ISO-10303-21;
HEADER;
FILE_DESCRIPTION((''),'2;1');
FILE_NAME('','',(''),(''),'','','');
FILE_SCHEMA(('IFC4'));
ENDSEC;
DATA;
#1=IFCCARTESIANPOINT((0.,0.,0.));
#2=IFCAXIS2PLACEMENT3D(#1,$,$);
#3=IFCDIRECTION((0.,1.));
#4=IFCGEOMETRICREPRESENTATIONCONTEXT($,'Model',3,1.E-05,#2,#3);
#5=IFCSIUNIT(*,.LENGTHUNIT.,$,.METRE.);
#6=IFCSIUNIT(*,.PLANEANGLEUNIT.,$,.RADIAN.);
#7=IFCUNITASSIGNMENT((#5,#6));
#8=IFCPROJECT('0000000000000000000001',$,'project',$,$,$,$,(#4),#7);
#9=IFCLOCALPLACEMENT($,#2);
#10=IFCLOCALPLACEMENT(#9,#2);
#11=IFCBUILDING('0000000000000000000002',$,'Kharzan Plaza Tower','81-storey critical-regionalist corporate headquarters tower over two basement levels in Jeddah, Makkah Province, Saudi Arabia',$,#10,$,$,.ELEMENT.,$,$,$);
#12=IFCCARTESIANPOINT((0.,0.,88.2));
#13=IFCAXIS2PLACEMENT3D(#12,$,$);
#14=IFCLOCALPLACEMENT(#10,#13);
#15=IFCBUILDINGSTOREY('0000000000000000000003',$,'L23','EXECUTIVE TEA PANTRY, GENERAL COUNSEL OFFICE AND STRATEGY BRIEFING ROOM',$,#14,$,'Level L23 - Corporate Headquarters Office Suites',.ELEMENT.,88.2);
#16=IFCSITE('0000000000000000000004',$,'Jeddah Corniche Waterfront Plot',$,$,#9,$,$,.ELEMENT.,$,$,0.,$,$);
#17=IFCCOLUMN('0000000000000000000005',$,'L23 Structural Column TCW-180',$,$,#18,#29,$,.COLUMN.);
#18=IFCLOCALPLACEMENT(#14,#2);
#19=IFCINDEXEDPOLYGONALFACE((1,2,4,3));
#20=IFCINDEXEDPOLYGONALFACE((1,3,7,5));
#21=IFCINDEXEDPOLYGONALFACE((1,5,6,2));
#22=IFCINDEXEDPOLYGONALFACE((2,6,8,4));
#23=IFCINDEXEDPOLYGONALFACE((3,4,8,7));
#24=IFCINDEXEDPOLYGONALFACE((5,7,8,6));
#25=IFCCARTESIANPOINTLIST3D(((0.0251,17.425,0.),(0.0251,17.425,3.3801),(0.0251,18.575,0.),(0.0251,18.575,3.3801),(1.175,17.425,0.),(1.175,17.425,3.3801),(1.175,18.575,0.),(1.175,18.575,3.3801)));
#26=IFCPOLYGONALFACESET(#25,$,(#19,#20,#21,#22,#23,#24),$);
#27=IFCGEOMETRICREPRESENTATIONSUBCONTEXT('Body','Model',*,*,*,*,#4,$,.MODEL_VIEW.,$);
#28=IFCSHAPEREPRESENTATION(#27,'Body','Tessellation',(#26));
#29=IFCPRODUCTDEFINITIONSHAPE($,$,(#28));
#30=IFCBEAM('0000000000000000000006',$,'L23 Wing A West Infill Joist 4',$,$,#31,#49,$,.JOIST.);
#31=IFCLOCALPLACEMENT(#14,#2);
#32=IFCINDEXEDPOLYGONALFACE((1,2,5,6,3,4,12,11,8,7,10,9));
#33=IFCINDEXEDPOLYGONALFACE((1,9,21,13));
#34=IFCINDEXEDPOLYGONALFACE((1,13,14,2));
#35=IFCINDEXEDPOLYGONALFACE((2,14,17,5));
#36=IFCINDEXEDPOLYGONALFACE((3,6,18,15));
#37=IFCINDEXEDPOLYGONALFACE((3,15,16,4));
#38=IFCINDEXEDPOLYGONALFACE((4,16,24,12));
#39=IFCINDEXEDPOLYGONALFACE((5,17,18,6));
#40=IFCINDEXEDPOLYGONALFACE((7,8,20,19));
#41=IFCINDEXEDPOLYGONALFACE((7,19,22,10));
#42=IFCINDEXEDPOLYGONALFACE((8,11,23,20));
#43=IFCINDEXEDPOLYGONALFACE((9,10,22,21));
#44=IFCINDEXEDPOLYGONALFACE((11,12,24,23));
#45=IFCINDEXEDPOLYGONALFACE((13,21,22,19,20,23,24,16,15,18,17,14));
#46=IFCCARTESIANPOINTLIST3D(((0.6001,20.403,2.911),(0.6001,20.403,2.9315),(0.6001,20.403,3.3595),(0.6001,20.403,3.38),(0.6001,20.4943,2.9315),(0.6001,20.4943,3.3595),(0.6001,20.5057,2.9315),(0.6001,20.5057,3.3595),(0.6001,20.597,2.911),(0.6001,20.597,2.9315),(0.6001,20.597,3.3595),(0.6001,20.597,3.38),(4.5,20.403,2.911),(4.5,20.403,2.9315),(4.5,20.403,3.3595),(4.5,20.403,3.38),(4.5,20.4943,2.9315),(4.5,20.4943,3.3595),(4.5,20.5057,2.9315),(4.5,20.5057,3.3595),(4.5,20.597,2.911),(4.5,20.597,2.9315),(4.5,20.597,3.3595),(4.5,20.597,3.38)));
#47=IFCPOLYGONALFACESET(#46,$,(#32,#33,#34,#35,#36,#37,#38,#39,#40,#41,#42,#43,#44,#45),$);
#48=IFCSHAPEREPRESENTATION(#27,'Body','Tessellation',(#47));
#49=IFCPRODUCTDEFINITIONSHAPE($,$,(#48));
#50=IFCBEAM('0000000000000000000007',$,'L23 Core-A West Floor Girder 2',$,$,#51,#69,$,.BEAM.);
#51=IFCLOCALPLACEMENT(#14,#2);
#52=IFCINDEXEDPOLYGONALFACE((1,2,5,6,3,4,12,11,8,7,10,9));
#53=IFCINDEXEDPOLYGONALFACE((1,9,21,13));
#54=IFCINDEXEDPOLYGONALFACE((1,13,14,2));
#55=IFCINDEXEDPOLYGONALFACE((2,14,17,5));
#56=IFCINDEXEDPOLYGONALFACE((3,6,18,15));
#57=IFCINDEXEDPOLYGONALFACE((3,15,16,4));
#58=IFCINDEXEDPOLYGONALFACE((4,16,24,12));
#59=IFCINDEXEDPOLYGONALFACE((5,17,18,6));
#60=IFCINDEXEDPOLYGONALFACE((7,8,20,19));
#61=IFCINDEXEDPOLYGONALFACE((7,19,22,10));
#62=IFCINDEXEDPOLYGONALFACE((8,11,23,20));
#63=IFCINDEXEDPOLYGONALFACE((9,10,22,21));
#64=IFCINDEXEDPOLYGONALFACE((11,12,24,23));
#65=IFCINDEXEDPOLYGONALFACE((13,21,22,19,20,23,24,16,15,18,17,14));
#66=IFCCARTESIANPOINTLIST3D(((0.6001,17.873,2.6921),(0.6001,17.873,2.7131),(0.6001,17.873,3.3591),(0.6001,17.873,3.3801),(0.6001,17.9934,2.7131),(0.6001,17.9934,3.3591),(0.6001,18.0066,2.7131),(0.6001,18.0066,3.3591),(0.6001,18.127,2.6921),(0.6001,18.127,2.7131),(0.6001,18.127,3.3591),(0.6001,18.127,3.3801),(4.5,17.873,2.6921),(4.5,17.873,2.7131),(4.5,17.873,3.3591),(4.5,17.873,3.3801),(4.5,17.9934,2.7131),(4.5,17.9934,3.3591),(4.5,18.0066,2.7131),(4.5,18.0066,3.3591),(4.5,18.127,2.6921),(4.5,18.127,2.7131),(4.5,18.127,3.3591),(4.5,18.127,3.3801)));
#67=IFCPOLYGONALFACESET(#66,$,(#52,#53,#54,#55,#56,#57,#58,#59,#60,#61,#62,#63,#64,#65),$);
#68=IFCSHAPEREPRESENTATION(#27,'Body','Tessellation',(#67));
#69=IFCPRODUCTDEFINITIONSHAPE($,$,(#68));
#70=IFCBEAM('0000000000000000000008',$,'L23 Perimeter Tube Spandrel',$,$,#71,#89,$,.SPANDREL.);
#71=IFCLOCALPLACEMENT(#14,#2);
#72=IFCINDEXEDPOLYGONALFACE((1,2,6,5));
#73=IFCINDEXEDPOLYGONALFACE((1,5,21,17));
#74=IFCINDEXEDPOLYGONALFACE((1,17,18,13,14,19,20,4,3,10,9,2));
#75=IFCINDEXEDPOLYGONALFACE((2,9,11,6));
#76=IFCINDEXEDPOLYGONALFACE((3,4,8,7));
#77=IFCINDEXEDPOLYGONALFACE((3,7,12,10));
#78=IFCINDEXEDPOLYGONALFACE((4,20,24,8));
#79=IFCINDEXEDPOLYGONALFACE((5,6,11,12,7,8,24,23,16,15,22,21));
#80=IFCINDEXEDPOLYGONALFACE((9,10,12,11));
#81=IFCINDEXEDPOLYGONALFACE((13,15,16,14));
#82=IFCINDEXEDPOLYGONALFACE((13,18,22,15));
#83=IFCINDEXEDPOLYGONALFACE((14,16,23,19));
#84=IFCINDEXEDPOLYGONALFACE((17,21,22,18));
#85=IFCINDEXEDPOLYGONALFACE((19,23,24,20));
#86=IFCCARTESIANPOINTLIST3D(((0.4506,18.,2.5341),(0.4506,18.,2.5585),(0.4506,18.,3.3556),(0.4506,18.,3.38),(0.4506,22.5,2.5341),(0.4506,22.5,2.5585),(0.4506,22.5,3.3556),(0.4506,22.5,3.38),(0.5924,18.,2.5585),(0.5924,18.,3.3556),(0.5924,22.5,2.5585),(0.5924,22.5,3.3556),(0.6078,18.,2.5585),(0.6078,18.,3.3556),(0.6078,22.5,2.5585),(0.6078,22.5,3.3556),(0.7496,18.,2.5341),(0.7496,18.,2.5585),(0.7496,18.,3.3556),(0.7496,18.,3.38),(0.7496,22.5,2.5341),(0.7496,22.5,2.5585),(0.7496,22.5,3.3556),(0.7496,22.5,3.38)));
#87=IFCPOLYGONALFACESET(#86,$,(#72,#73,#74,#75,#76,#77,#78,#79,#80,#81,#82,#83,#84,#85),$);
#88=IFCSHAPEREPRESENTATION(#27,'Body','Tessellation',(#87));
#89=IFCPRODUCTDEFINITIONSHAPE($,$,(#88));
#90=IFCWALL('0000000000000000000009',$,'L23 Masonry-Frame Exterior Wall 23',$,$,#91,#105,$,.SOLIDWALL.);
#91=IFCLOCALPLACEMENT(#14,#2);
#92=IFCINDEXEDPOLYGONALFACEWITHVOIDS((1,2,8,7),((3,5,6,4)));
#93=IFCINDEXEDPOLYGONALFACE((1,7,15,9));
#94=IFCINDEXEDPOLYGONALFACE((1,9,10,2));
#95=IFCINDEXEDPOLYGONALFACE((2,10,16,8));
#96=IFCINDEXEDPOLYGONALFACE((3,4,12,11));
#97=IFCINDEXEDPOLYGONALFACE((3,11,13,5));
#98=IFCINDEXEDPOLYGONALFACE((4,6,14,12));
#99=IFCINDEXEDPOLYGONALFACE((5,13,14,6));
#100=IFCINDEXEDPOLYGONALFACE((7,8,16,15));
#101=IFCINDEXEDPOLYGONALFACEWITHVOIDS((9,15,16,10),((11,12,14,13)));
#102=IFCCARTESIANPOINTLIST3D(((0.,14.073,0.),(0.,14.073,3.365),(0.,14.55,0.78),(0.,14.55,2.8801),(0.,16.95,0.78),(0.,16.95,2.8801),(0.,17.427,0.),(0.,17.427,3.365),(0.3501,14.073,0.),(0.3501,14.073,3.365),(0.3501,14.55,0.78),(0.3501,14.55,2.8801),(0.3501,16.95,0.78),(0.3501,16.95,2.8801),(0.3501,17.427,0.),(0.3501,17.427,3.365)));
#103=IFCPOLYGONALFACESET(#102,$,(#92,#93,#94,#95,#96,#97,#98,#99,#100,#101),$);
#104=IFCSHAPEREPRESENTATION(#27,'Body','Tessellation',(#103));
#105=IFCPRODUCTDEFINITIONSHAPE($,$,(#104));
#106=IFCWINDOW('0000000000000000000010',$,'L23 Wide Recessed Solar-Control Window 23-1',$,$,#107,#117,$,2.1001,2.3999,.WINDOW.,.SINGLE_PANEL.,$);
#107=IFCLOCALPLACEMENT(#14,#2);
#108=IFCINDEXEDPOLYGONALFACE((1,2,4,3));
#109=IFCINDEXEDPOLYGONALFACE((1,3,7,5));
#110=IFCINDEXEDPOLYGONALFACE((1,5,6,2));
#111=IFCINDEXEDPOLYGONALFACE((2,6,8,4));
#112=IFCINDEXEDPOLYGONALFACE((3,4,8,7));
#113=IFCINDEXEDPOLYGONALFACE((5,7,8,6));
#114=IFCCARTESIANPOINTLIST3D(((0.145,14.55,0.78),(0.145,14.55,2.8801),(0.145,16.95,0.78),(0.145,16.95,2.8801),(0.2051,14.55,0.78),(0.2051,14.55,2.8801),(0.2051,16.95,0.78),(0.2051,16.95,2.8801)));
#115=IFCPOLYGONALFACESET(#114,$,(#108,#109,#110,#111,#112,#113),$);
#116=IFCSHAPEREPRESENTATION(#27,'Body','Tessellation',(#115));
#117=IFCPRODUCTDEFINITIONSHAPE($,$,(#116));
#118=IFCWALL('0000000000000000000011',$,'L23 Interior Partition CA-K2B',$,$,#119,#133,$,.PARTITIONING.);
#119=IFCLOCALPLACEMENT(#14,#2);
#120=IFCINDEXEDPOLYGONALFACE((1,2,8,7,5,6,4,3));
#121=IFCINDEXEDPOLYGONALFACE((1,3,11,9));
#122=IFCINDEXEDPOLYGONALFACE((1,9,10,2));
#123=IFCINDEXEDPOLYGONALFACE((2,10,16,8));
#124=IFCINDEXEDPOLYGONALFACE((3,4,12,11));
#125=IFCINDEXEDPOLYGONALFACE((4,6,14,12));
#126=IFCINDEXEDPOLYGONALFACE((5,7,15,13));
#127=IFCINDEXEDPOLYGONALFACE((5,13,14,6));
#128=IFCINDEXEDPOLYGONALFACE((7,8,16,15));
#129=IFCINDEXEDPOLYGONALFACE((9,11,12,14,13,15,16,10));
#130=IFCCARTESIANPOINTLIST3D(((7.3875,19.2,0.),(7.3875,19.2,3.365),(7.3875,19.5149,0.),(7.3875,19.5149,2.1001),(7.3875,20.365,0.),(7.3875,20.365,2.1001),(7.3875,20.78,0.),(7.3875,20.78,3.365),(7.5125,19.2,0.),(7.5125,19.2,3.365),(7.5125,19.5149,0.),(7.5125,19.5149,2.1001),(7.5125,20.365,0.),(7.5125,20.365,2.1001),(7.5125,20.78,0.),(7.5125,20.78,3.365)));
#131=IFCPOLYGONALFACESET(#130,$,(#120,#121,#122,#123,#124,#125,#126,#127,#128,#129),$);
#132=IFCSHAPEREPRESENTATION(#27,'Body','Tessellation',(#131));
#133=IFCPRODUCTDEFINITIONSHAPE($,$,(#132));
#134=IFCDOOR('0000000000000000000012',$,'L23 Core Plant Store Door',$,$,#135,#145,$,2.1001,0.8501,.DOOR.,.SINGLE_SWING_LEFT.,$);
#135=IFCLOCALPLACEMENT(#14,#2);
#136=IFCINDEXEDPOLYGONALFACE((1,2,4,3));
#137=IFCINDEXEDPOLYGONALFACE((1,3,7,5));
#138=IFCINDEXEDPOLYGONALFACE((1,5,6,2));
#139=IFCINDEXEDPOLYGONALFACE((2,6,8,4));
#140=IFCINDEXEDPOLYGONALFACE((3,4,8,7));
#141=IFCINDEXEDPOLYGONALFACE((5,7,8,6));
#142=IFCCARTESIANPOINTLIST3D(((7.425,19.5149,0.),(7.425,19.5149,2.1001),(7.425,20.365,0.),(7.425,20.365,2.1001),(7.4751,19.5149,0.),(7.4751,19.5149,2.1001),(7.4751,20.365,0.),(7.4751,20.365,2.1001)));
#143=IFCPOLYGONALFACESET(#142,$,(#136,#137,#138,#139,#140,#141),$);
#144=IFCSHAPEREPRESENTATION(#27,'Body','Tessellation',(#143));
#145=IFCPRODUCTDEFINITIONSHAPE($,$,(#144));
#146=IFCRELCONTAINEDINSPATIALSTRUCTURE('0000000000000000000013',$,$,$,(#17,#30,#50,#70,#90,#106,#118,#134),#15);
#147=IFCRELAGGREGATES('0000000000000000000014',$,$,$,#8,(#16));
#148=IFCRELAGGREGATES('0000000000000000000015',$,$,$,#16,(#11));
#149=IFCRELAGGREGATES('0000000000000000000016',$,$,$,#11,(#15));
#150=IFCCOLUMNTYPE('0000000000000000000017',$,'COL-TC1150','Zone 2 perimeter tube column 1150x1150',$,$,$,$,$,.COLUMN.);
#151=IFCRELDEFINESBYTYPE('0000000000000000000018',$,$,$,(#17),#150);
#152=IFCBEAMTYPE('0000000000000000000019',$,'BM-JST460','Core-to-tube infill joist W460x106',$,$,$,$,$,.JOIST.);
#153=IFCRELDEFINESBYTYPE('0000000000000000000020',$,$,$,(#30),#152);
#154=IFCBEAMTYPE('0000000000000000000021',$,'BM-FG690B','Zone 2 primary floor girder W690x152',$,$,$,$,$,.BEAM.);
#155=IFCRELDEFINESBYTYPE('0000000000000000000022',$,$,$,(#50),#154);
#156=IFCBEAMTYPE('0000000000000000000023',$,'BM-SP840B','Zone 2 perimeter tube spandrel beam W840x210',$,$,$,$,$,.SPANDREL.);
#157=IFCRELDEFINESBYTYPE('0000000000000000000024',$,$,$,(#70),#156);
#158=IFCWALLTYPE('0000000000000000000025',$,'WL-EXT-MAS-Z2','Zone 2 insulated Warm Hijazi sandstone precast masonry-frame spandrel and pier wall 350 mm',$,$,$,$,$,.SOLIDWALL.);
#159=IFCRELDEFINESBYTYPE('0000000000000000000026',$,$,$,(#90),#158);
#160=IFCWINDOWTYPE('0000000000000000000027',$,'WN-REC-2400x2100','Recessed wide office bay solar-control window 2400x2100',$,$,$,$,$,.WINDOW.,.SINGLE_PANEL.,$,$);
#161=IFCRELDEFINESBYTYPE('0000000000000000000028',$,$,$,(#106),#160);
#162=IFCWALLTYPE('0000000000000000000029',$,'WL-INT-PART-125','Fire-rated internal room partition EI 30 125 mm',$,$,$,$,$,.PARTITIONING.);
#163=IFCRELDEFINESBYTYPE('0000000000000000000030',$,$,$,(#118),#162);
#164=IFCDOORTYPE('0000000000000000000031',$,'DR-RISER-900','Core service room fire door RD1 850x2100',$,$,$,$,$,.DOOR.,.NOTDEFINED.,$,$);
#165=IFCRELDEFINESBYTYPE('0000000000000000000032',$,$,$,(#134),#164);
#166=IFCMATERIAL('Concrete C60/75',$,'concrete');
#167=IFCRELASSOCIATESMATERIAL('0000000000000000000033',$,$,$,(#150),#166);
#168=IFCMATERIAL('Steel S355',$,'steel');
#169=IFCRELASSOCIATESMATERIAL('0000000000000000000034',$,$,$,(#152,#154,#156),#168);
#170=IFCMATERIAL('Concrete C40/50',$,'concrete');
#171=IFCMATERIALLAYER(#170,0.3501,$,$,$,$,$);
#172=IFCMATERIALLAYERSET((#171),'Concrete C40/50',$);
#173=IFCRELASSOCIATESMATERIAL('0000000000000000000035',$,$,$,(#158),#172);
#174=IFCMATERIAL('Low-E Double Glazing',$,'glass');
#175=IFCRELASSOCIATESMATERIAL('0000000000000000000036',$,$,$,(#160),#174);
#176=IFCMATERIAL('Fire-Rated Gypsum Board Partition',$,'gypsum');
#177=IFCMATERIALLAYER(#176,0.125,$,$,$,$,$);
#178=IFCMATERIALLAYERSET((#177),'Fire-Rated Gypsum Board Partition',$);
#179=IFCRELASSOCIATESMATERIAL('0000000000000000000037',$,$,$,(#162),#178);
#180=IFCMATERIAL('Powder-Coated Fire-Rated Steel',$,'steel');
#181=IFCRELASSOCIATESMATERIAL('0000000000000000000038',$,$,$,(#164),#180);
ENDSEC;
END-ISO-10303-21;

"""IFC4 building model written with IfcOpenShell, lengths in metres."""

from ifc_helpers import new_model, si_unit, direction, frame, frame_2d, origin, origin_2d, place, context, subcontext, project, spatial, rectangle, i_section, extrude, source, transform, mapped, material, layer, layer_set, material_profile, profile_set, type_object, element, fill, save


model = new_model("IFC4")

# Units and contexts
model_context = context("Model", 3, precision=1e-05, world=origin(), true_north=direction((0.0, 1.0)))
body_context = subcontext(model_context, "Body", "Model", "MODEL_VIEW")
ifc_project = project(units=[si_unit("LENGTHUNIT", "METRE"), si_unit("PLANEANGLEUNIT", "RADIAN")], contexts=[model_context])

# Site, building, storey
site_placement = place(None, origin())
site = spatial("IfcSite", under=ifc_project, at=site_placement, Name="Jeddah Corniche Waterfront Plot", CompositionType="ELEMENT", RefElevation=0.0)
building_placement = place(site_placement, origin())
building = spatial("IfcBuilding", under=site, at=building_placement, Name="Kharzan Plaza Tower", Description="81-storey critical-regionalist corporate headquarters tower over two basement levels in Jeddah, Makkah Province, Saudi Arabia", CompositionType="ELEMENT")
storey_placement = place(building_placement, frame((0.0, 0.0, 88.2)))
storey = spatial("IfcBuildingStorey", under=building, at=storey_placement, Name="L23", Description="EXECUTIVE TEA PANTRY, GENERAL COUNSEL OFFICE AND STRATEGY BRIEFING ROOM", LongName="Level L23 - Corporate Headquarters Office Suites", CompositionType="ELEMENT", Elevation=88.2)

# Column
ifc_material_1 = material(Name="Concrete C60/75", Category="concrete")
ifc_material_profile_1 = material_profile(ifc_material_1, rectangle(XDim=1.1499, YDim=1.1499, at=origin_2d()), Name="RC-TC1150x1150")
ifc_profile_set_1 = profile_set([ifc_material_profile_1], Name="Concrete C60/75")
column_type = type_object("IfcColumnType", Name="COL-TC1150", Description="Zone 2 perimeter tube column 1150x1150", PredefinedType="COLUMN", material=ifc_profile_set_1)
shared_shape_1 = source(origin(), body_context, "Body", "SweptSolid", [
    extrude(rectangle(XDim=1.1499, YDim=1.1499, at=origin_2d()), origin(), (0.0, 0.0, 1.0), 3.3801),
])
column_placement = place(storey_placement, frame((0.6001, 18.0, 0.0), z_axis=(0.0, 0.0, 1.0), x_axis=(1.0, 0.0, 0.0)))
element("IfcColumn", 1, at=column_placement, inside=storey, type_object=column_type, Name="L23 Structural Column TCW-180", PredefinedType="COLUMN", context=body_context, shape_type="MappedRepresentation", body=[
    mapped(shared_shape_1, transform((0.0, 0.0, 0.0), x_axis=(1.0, 0.0, 0.0), y_axis=(0.0, 1.0, 0.0), z_axis=(0.0, 0.0, 1.0))),
])

# Beams
ifc_material_2 = material(Name="Steel S355", Category="steel")
ifc_material_profile_2 = material_profile(ifc_material_2, i_section(OverallWidth=0.1941, OverallDepth=0.469, WebThickness=0.0115, FlangeThickness=0.0205, at=origin_2d()), Name="W460x106")
ifc_profile_set_2 = profile_set([ifc_material_profile_2], Name="Steel S355")
beam_type_1 = type_object("IfcBeamType", Name="BM-JST460", Description="Core-to-tube infill joist W460x106", PredefinedType="JOIST", material=ifc_profile_set_2)
shared_shape_2 = source(origin(), body_context, "Body", "SweptSolid", [
    extrude(i_section(OverallWidth=0.1941, OverallDepth=0.469, WebThickness=0.0115, FlangeThickness=0.0205, at=origin_2d()), origin(), (0.0, 0.0, 1.0), 3.8999),
])
beam_1_placement = place(storey_placement, frame((0.6001, 20.5, 3.1455), z_axis=(1.0, 0.0, 0.0), x_axis=(0.0, 1.0, 0.0)))
element("IfcBeam", 2, at=beam_1_placement, inside=storey, type_object=beam_type_1, Name="L23 Wing A West Infill Joist 4", PredefinedType="JOIST", context=body_context, shape_type="MappedRepresentation", body=[
    mapped(shared_shape_2, transform((0.0, 0.0, 0.0), x_axis=(1.0, 0.0, 0.0), y_axis=(0.0, 1.0, 0.0), z_axis=(0.0, 0.0, 1.0))),
])
ifc_material_profile_3 = material_profile(ifc_material_2, i_section(OverallWidth=0.2539, OverallDepth=0.688, WebThickness=0.0132, FlangeThickness=0.021, at=origin_2d()), Name="W690x152")
ifc_profile_set_3 = profile_set([ifc_material_profile_3], Name="Steel S355")
beam_type_2 = type_object("IfcBeamType", Name="BM-FG690B", Description="Zone 2 primary floor girder W690x152", PredefinedType="BEAM", material=ifc_profile_set_3)
shared_shape_3 = source(origin(), body_context, "Body", "SweptSolid", [
    extrude(i_section(OverallWidth=0.2539, OverallDepth=0.688, WebThickness=0.0132, FlangeThickness=0.021, at=origin_2d()), origin(), (0.0, 0.0, 1.0), 3.8999),
])
beam_2_placement = place(storey_placement, frame((0.6001, 18.0, 3.0361), z_axis=(1.0, 0.0, 0.0), x_axis=(0.0, 1.0, 0.0)))
element("IfcBeam", 3, at=beam_2_placement, inside=storey, type_object=beam_type_2, Name="L23 Core-A West Floor Girder 2", PredefinedType="BEAM", context=body_context, shape_type="MappedRepresentation", body=[
    mapped(shared_shape_3, transform((0.0, 0.0, 0.0), x_axis=(1.0, 0.0, 0.0), y_axis=(0.0, 1.0, 0.0), z_axis=(0.0, 0.0, 1.0))),
])
ifc_material_profile_4 = material_profile(ifc_material_2, i_section(OverallWidth=0.2991, OverallDepth=0.8459, WebThickness=0.0154, FlangeThickness=0.0244, at=origin_2d()), Name="W840x210")
ifc_profile_set_4 = profile_set([ifc_material_profile_4], Name="Steel S355")
beam_type_3 = type_object("IfcBeamType", Name="BM-SP840B", Description="Zone 2 perimeter tube spandrel beam W840x210", PredefinedType="SPANDREL", material=ifc_profile_set_4)
shared_shape_4 = source(origin(), body_context, "Body", "SweptSolid", [
    extrude(i_section(OverallWidth=0.2991, OverallDepth=0.8459, WebThickness=0.0154, FlangeThickness=0.0244, at=origin_2d()), origin(), (0.0, 0.0, 1.0), 4.5),
])
beam_3_placement = place(storey_placement, frame((0.6001, 18.0, 2.957), z_axis=(0.0, 1.0, 0.0), x_axis=(-1.0, 0.0, 0.0)))
element("IfcBeam", 4, at=beam_3_placement, inside=storey, type_object=beam_type_3, Name="L23 Perimeter Tube Spandrel", PredefinedType="SPANDREL", context=body_context, shape_type="MappedRepresentation", body=[
    mapped(shared_shape_4, transform((0.0, 0.0, 0.0), x_axis=(1.0, 0.0, 0.0), y_axis=(0.0, 1.0, 0.0), z_axis=(0.0, 0.0, 1.0))),
])

# Wall, opening, window
ifc_material_3 = material(Name="Concrete C40/50", Category="concrete")
ifc_layer_1 = layer(ifc_material_3, 0.3501)
ifc_layer_set_1 = layer_set([ifc_layer_1], Name="Concrete C40/50")
wall_type_1 = type_object("IfcWallType", Name="WL-EXT-MAS-Z2", Description="Zone 2 insulated Warm Hijazi sandstone precast masonry-frame spandrel and pier wall 350 mm", PredefinedType="SOLIDWALL", material=ifc_layer_set_1)
wall_1_placement = place(storey_placement, frame((0.175, 17.427, 0.0), z_axis=(0.0, 0.0, 1.0), x_axis=(0.0, -1.0, 0.0)))
wall_1 = element("IfcWall", 5, at=wall_1_placement, inside=storey, type_object=wall_type_1, Name="L23 Masonry-Frame Exterior Wall 23", PredefinedType="SOLIDWALL", context=body_context, shape_type="SweptSolid", body=[
    extrude(rectangle(XDim=3.354, YDim=0.3501, at=frame_2d((1.677, 0.0))), origin(), (0.0, 0.0, 1.0), 3.365),
])
opening_1_placement = place(wall_1_placement, frame((0.4771, 0.0, 0.78)))
opening_1 = element("IfcOpeningElement", 6, at=opening_1_placement, cuts=wall_1, PredefinedType="OPENING", context=body_context, shape_type="SweptSolid", body=[
    extrude(rectangle(XDim=2.3999, YDim=2.1001, at=frame_2d((1.2, 1.05))), frame((0.0, 0.1851, 0.0), z_axis=(0.0, -1.0, 0.0), x_axis=(1.0, 0.0, 0.0)), (0.0, 0.0, 1.0), 0.3701),
])
ifc_material_4 = material(Name="Low-E Double Glazing", Category="glass")
window_type = type_object("IfcWindowType", Name="WN-REC-2400x2100", Description="Recessed wide office bay solar-control window 2400x2100", PartitioningType="SINGLE_PANEL", PredefinedType="WINDOW", material=ifc_material_4)
shared_shape_5 = source(origin(), body_context, "Body", "SweptSolid", [
    extrude(rectangle(XDim=2.3999, YDim=2.1001, at=frame_2d((1.2, 1.05))), frame((0.0, 0.03, 0.0), z_axis=(0.0, -1.0, 0.0), x_axis=(1.0, 0.0, 0.0)), (0.0, 0.0, 1.0), 0.0601),
])
window_placement = place(opening_1_placement, origin())
window = element("IfcWindow", 7, at=window_placement, inside=storey, type_object=window_type, Name="L23 Wide Recessed Solar-Control Window 23-1", OverallHeight=2.1001, OverallWidth=2.3999, PartitioningType="SINGLE_PANEL", PredefinedType="WINDOW", context=body_context, shape_type="MappedRepresentation", body=[
    mapped(shared_shape_5, transform((0.0, 0.0, 0.0), x_axis=(1.0, 0.0, 0.0), y_axis=(0.0, 1.0, 0.0), z_axis=(0.0, 0.0, 1.0))),
])
fill(opening_1, window)

# Wall, opening, door
ifc_material_5 = material(Name="Fire-Rated Gypsum Board Partition", Category="gypsum")
ifc_layer_2 = layer(ifc_material_5, 0.125)
ifc_layer_set_2 = layer_set([ifc_layer_2], Name="Fire-Rated Gypsum Board Partition")
wall_type_2 = type_object("IfcWallType", Name="WL-INT-PART-125", Description="Fire-rated internal room partition EI 30 125 mm", PredefinedType="PARTITIONING", material=ifc_layer_set_2)
wall_2_placement = place(storey_placement, frame((7.45, 19.2, 0.0), z_axis=(0.0, 0.0, 1.0), x_axis=(0.0, 1.0, 0.0)))
wall_2 = element("IfcWall", 8, at=wall_2_placement, inside=storey, type_object=wall_type_2, Name="L23 Interior Partition CA-K2B", PredefinedType="PARTITIONING", context=body_context, shape_type="SweptSolid", body=[
    extrude(rectangle(XDim=1.5801, YDim=0.125, at=frame_2d((0.79, 0.0))), origin(), (0.0, 0.0, 1.0), 3.365),
])
opening_2_placement = place(wall_2_placement, frame((0.3149, 0.0, 0.0)))
opening_2 = element("IfcOpeningElement", 9, at=opening_2_placement, cuts=wall_2, PredefinedType="OPENING", context=body_context, shape_type="SweptSolid", body=[
    extrude(rectangle(XDim=0.8501, YDim=2.1001, at=frame_2d((0.425, 1.05))), frame((0.0, 0.0725, 0.0), z_axis=(0.0, -1.0, 0.0), x_axis=(1.0, 0.0, 0.0)), (0.0, 0.0, 1.0), 0.145),
])
ifc_material_6 = material(Name="Powder-Coated Fire-Rated Steel", Category="steel")
door_type_1 = type_object("IfcDoorType", Name="DR-RISER-900", Description="Core service room fire door RD1 850x2100", OperationType="NOTDEFINED", PredefinedType="DOOR", material=ifc_material_6)
shared_shape_6 = source(origin(), body_context, "Body", "SweptSolid", [
    extrude(rectangle(XDim=0.8501, YDim=2.1001, at=frame_2d((0.425, 1.05))), frame((0.0, 0.0249, 0.0), z_axis=(0.0, -1.0, 0.0), x_axis=(1.0, 0.0, 0.0)), (0.0, 0.0, 1.0), 0.05),
])
door_1_placement = place(opening_2_placement, origin())
door_1 = element("IfcDoor", 10, at=door_1_placement, inside=storey, type_object=door_type_1, Name="L23 Core Plant Store Door", OperationType="SINGLE_SWING_LEFT", OverallHeight=2.1001, OverallWidth=0.8501, PredefinedType="DOOR", context=body_context, shape_type="MappedRepresentation", body=[
    mapped(shared_shape_6, transform((0.0, 0.0, 0.0), x_axis=(1.0, 0.0, 0.0), y_axis=(0.0, 1.0, 0.0), z_axis=(0.0, 0.0, 1.0))),
])
fill(opening_2, door_1)

save(model, "model.ifc")
